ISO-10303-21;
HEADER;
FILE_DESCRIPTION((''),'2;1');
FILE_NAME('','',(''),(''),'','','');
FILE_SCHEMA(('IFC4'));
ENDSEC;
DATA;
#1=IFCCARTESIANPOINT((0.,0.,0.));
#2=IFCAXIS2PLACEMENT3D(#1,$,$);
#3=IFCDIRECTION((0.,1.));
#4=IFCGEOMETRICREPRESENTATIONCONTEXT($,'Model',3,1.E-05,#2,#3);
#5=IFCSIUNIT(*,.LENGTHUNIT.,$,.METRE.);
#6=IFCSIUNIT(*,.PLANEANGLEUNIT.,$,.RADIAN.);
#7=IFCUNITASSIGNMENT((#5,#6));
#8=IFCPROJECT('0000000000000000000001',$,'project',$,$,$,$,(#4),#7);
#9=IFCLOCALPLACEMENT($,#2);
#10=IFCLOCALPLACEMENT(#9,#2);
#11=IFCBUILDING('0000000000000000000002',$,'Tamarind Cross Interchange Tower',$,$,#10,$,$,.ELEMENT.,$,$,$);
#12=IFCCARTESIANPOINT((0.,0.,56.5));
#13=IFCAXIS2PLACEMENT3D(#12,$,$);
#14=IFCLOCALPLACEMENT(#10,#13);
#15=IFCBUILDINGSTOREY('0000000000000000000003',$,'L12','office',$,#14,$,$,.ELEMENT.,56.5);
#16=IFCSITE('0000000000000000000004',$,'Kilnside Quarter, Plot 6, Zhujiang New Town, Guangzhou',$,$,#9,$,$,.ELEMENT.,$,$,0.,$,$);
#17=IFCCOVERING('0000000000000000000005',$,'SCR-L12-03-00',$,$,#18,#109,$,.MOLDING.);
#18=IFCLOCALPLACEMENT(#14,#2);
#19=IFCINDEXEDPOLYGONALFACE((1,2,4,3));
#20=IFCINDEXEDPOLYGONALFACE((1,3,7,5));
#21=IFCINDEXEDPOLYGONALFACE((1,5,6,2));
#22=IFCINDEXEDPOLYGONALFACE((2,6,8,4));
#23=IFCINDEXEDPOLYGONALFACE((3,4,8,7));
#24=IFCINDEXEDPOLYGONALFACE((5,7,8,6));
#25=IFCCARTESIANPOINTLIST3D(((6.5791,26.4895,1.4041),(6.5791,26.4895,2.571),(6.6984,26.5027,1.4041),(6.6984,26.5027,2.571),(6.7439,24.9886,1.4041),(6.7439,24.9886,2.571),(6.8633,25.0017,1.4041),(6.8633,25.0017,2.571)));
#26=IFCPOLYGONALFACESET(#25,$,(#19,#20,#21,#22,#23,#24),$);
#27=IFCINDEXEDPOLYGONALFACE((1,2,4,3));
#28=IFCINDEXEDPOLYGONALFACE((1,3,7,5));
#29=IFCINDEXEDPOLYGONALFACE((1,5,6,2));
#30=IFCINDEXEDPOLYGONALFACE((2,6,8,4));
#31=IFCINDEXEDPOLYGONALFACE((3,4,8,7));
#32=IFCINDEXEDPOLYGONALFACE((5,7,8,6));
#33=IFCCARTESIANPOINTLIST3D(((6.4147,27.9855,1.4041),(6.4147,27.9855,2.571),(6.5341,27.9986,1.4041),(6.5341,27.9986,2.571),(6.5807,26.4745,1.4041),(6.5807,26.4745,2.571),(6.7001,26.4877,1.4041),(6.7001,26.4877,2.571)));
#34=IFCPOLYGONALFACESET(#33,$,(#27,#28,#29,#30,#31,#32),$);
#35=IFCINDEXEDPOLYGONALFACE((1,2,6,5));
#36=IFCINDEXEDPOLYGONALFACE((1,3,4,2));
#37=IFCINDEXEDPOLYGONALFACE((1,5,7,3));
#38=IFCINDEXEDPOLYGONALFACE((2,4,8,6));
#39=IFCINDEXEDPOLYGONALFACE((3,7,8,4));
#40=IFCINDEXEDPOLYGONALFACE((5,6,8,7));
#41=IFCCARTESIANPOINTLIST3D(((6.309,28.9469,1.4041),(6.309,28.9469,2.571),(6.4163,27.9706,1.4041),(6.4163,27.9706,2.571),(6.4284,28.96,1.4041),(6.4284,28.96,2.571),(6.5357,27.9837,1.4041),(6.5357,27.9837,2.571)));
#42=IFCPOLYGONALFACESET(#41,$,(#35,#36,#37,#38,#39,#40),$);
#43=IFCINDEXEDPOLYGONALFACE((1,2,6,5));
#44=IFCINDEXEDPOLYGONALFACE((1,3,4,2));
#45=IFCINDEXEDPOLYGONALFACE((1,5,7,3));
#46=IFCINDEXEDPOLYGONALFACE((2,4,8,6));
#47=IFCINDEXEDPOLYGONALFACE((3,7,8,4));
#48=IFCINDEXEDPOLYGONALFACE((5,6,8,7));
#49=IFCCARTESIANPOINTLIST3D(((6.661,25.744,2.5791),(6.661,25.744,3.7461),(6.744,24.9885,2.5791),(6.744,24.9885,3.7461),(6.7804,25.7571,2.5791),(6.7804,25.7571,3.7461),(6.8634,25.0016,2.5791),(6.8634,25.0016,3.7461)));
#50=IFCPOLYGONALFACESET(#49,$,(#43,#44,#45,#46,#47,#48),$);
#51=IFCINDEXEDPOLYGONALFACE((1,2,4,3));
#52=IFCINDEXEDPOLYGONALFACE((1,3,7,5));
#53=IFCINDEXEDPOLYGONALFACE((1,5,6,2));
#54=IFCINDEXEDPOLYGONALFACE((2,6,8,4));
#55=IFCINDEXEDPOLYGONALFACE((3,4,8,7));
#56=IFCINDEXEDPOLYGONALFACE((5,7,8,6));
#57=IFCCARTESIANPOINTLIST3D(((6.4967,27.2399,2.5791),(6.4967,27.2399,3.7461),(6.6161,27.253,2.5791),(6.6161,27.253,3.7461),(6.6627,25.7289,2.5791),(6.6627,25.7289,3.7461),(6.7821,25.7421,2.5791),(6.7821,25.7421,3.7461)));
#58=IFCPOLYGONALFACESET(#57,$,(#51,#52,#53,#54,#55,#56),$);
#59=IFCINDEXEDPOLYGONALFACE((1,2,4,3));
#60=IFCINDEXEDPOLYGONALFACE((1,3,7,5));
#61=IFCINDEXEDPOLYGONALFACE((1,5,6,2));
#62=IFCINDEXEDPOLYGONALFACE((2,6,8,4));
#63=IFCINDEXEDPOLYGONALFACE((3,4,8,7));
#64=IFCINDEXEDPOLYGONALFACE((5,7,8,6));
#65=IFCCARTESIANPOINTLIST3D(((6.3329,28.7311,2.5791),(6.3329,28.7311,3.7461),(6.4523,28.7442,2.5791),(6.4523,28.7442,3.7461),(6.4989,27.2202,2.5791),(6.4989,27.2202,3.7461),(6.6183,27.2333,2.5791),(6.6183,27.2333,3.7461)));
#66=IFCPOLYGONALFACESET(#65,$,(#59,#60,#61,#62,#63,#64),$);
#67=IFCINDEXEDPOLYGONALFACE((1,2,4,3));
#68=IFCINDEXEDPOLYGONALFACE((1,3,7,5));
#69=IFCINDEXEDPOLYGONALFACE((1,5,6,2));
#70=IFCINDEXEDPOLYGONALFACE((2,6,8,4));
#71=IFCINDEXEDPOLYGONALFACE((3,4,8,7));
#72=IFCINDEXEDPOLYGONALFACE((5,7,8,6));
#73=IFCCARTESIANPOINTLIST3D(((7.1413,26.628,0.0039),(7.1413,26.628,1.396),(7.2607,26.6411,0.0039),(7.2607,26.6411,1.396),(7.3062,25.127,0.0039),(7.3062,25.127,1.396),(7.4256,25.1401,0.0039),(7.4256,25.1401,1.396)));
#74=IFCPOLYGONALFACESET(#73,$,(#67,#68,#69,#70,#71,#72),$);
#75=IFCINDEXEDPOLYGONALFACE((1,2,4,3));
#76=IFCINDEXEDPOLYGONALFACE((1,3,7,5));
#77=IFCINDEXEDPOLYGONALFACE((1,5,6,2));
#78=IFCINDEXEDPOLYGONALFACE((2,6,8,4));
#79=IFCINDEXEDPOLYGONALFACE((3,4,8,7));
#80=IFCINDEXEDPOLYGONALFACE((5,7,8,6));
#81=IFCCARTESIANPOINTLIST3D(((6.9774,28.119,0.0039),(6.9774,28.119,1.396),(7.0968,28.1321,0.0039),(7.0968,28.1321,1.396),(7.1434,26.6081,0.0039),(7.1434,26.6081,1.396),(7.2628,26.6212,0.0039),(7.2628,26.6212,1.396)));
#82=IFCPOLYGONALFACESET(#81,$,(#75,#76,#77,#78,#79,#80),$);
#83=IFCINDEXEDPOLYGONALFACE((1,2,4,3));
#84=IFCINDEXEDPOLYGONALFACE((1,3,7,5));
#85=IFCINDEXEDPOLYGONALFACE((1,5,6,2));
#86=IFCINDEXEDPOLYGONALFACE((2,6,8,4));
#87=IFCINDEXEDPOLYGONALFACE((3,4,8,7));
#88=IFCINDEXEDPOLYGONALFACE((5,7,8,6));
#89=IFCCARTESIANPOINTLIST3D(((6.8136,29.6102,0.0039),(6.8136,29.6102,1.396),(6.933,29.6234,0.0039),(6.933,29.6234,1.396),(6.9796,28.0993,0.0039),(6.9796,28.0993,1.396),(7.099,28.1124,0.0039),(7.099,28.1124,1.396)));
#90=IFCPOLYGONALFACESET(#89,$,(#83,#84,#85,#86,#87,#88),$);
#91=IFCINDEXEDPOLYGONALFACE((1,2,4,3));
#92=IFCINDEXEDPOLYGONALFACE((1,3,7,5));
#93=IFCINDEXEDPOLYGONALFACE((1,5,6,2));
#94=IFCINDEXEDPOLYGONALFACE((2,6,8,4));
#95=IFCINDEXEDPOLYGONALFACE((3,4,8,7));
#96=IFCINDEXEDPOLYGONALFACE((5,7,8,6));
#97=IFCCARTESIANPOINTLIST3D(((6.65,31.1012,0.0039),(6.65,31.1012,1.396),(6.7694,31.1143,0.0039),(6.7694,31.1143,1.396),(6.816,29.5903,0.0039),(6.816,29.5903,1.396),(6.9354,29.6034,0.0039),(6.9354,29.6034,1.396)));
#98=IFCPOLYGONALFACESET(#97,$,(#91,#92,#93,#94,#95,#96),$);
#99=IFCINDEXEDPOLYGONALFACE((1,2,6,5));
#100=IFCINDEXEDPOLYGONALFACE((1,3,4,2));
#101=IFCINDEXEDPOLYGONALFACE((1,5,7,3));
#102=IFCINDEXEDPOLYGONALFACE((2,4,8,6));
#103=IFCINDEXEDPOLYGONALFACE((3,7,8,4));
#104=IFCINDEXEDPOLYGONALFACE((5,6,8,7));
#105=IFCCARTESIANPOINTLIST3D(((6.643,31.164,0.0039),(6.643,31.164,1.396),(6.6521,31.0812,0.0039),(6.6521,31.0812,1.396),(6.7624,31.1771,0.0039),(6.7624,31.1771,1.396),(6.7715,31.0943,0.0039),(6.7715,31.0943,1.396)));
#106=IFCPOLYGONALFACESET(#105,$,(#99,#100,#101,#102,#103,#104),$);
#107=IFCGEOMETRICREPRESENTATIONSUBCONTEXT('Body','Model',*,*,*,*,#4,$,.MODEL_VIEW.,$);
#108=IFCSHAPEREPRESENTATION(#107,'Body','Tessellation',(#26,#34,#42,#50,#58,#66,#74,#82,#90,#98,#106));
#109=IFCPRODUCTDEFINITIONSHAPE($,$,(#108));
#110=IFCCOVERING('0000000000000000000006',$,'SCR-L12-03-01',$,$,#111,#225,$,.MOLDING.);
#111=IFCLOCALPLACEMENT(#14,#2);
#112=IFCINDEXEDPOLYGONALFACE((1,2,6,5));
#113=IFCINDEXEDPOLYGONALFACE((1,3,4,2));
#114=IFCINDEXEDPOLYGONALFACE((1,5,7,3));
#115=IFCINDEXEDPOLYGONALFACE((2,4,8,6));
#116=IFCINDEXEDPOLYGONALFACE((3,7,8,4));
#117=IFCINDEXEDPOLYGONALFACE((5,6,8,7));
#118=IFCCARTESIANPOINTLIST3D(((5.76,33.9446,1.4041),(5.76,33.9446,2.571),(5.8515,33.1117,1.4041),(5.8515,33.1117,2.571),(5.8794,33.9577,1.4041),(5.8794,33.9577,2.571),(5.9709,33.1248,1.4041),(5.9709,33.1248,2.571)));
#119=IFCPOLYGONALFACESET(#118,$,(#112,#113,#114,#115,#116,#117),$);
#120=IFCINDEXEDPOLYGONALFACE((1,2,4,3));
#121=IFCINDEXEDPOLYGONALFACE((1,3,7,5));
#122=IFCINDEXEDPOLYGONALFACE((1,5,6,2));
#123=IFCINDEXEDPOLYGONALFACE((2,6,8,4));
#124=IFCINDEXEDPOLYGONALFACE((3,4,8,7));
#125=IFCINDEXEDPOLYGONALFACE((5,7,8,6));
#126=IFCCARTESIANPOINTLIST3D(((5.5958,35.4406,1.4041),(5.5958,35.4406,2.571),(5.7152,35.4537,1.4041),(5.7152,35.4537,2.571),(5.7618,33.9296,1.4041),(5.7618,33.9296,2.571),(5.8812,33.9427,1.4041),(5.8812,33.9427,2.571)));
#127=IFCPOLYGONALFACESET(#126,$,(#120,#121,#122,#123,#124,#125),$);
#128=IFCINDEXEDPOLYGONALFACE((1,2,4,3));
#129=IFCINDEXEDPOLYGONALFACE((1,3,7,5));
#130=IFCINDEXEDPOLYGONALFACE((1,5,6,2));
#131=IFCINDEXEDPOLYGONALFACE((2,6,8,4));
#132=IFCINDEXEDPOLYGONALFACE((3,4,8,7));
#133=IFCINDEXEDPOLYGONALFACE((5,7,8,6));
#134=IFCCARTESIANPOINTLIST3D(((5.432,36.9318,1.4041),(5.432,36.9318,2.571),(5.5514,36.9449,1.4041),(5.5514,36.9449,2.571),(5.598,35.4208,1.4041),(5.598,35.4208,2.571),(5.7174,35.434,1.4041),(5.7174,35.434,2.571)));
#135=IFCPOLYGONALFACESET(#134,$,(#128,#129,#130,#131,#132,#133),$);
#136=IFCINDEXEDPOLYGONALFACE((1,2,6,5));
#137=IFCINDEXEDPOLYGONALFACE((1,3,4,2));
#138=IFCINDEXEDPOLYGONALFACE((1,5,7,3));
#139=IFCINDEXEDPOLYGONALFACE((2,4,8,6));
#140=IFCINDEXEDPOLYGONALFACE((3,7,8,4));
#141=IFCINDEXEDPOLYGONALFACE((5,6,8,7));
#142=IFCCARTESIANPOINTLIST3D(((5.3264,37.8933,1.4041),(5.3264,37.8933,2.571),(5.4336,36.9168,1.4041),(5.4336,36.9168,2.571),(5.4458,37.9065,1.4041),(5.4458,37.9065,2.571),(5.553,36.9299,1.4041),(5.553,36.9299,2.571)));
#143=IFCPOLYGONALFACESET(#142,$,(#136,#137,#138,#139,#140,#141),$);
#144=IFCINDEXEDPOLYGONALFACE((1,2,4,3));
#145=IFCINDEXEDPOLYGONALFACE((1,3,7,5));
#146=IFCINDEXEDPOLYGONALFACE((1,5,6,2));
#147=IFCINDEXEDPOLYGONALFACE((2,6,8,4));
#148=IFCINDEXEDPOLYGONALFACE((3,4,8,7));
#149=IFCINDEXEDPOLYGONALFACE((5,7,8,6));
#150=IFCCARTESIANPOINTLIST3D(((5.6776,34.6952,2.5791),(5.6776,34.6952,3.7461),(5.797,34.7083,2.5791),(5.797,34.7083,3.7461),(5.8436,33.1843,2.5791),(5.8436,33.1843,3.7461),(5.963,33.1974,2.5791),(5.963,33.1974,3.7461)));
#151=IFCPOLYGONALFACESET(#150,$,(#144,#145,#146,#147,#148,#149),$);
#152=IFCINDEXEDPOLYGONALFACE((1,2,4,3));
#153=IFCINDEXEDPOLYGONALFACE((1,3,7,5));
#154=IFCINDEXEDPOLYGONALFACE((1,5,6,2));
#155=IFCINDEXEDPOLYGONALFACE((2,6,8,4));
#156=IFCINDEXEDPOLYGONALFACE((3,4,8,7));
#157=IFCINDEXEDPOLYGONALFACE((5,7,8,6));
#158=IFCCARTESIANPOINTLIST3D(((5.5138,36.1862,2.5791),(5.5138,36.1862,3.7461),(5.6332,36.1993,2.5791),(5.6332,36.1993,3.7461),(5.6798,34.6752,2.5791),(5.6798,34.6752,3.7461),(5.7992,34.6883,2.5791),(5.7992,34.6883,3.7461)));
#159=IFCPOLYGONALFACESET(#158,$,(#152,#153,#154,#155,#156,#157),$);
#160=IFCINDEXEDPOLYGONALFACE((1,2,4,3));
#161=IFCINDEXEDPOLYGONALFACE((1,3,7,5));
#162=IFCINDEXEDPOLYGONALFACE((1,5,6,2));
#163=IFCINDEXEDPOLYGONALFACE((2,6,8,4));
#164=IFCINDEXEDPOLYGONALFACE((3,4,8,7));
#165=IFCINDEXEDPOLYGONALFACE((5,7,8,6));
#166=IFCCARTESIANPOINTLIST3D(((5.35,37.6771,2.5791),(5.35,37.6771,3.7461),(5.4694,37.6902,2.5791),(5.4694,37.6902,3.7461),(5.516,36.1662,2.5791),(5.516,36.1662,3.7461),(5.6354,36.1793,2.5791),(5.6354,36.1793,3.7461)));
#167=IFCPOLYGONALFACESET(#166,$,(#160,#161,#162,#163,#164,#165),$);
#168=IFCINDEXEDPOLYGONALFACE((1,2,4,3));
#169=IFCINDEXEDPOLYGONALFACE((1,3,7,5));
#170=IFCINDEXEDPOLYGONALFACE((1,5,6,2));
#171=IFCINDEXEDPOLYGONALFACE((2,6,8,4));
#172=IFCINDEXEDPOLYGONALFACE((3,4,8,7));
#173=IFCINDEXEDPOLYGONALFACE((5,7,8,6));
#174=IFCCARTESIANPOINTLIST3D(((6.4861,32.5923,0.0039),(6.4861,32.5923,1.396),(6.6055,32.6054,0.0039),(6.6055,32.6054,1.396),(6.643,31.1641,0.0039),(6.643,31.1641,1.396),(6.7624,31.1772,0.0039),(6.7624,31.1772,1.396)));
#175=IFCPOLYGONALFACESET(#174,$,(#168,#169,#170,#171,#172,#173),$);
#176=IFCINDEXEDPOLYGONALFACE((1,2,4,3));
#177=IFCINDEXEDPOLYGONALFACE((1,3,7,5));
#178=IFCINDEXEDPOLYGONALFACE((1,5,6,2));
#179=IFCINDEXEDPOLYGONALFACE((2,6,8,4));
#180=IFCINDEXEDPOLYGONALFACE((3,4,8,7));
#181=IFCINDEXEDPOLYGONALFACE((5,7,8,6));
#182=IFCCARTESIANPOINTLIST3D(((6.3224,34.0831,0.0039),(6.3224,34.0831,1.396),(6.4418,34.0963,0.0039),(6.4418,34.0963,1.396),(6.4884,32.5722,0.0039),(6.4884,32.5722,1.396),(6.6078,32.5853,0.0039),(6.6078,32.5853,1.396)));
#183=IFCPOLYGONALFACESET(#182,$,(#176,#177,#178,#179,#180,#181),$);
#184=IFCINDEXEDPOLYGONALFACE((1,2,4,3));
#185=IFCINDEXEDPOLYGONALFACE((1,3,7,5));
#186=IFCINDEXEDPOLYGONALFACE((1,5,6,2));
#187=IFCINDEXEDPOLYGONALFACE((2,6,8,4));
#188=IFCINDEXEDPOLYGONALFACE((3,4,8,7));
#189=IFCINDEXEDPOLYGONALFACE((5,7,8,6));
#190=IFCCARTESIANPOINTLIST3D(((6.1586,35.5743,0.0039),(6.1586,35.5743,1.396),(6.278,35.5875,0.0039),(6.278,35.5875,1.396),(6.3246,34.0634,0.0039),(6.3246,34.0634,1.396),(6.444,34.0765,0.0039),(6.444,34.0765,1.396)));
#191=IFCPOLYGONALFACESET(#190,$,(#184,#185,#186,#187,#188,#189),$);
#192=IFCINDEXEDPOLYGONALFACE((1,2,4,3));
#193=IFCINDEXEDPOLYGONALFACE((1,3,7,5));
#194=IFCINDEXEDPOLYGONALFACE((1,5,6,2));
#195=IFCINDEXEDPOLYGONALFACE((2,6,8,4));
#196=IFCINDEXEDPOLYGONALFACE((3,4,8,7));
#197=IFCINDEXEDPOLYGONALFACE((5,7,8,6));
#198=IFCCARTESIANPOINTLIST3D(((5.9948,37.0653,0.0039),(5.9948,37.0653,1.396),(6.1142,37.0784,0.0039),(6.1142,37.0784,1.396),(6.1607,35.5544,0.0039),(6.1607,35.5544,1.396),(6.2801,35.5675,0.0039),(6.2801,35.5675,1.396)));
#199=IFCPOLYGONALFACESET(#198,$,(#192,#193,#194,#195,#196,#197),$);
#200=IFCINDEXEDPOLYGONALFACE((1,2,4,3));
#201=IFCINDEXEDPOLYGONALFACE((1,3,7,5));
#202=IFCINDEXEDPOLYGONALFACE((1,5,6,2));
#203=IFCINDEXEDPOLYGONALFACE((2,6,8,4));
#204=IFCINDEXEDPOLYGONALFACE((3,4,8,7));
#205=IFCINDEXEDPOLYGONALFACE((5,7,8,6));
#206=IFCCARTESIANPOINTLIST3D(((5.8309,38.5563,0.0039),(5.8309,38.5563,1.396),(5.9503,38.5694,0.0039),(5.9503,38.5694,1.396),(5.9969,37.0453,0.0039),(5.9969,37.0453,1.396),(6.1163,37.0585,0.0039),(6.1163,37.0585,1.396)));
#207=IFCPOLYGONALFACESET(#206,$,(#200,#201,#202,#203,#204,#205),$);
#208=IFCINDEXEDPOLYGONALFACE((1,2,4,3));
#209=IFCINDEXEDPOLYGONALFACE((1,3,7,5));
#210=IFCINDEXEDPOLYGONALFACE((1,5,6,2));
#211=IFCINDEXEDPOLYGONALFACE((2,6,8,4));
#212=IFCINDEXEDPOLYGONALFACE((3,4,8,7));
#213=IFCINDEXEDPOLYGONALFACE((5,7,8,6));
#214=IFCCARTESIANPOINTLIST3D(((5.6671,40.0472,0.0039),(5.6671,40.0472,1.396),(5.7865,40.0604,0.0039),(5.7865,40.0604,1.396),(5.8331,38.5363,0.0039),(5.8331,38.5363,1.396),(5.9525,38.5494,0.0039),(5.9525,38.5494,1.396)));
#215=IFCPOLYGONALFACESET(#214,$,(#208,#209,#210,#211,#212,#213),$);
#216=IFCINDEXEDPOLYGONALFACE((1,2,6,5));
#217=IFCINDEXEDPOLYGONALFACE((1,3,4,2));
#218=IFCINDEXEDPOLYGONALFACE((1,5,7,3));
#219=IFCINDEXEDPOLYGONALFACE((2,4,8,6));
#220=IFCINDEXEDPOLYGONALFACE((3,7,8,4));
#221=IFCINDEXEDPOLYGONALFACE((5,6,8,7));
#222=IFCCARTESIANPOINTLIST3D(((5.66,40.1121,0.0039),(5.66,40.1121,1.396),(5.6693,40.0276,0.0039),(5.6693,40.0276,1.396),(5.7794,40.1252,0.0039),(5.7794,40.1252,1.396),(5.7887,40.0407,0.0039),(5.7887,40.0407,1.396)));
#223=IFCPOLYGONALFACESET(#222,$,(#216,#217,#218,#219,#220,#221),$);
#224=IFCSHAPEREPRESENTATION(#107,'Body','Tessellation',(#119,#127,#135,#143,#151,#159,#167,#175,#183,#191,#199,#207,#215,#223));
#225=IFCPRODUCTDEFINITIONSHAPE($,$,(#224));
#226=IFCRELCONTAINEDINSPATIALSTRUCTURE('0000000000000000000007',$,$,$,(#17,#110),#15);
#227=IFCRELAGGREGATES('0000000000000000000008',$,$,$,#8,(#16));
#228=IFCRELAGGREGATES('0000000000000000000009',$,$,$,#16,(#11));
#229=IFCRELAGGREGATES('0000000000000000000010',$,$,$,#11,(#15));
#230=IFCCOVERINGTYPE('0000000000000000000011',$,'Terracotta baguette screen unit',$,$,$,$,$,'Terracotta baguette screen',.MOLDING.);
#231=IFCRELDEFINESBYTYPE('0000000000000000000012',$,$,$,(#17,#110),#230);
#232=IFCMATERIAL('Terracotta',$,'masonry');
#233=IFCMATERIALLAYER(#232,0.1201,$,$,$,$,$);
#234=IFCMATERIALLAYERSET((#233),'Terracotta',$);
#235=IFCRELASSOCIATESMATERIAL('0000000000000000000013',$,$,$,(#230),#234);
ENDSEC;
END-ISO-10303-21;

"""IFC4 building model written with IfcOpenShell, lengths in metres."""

from ifc_helpers import new_model, si_unit, direction, frame, origin, origin_2d, place, context, subcontext, project, spatial, rectangle, extrude, material, layer, layer_set, type_object, element, save


model = new_model("IFC4")

# Units and contexts
model_context = context("Model", 3, precision=1e-05, world=origin(), true_north=direction((0.0, 1.0)))
body_context = subcontext(model_context, "Body", "Model", "MODEL_VIEW")
ifc_project = project(units=[si_unit("LENGTHUNIT", "METRE"), si_unit("PLANEANGLEUNIT", "RADIAN")], contexts=[model_context])

# Site, building, storey
site_placement = place(None, origin())
site = spatial("IfcSite", under=ifc_project, at=site_placement, Name="Kilnside Quarter, Plot 6, Zhujiang New Town, Guangzhou", CompositionType="ELEMENT", RefElevation=0.0)
building_placement = place(site_placement, origin())
building = spatial("IfcBuilding", under=site, at=building_placement, Name="Tamarind Cross Interchange Tower", CompositionType="ELEMENT")
storey_placement = place(building_placement, frame((0.0, 0.0, 56.5)))
storey = spatial("IfcBuildingStorey", under=building, at=storey_placement, Name="L12", Description="office", CompositionType="ELEMENT", Elevation=56.5)

# Coverings
ifc_material_1 = material(Name="Terracotta", Category="masonry")
ifc_layer_1 = layer(ifc_material_1, 0.1201)
ifc_layer_set_1 = layer_set([ifc_layer_1], Name="Terracotta")
covering_type = type_object("IfcCoveringType", Name="Terracotta baguette screen unit", ElementType="Terracotta baguette screen", PredefinedType="MOLDING", material=ifc_layer_set_1)
covering_1_placement = place(storey_placement, origin())
element("IfcCovering", 1, at=covering_1_placement, inside=storey, type_object=covering_type, Name="SCR-L12-03-00", PredefinedType="MOLDING", context=body_context, shape_type="SweptSolid", body=[
    extrude(rectangle(XDim=1.51, YDim=0.1201, at=origin_2d()), frame((6.7212, 25.7456, 1.4041), z_axis=(0.0, 0.0, 1.0), x_axis=(-0.109193, 0.994021, 0.0)), (0.0, 0.0, 1.0), 1.167),
    extrude(rectangle(XDim=1.52, YDim=0.1201, at=origin_2d()), frame((6.5574, 27.2366, 1.4041), z_axis=(0.0, 0.0, 1.0), x_axis=(-0.109193, 0.994021, 0.0)), (0.0, 0.0, 1.0), 1.167),
    extrude(rectangle(XDim=0.9822, YDim=0.1201, at=origin_2d()), frame((6.4224, 28.4653, 1.4041), z_axis=(0.0, 0.0, 1.0), x_axis=(-0.109193, 0.994021, 0.0)), (0.0, 0.0, 1.0), 1.167),
    extrude(rectangle(XDim=0.76, YDim=0.1201, at=origin_2d()), frame((6.7622, 25.3728, 2.5791), z_axis=(0.0, 0.0, 1.0), x_axis=(-0.109193, 0.994021, 0.0)), (0.0, 0.0, 1.0), 1.167),
    extrude(rectangle(XDim=1.52, YDim=0.1201, at=origin_2d()), frame((6.6394, 26.491, 2.5791), z_axis=(0.0, 0.0, 1.0), x_axis=(-0.109193, 0.994021, 0.0)), (0.0, 0.0, 1.0), 1.167),
    extrude(rectangle(XDim=1.52, YDim=0.1201, at=origin_2d()), frame((6.4756, 27.9822, 2.5791), z_axis=(0.0, 0.0, 1.0), x_axis=(-0.109193, 0.994021, 0.0)), (0.0, 0.0, 1.0), 1.167),
    extrude(rectangle(XDim=1.51, YDim=0.1201, at=origin_2d()), frame((7.2834, 25.884, 0.0039), z_axis=(0.0, 0.0, 1.0), x_axis=(-0.109193, 0.994021, 0.0)), (0.0, 0.0, 1.0), 1.3921),
    extrude(rectangle(XDim=1.52, YDim=0.1201, at=origin_2d()), frame((7.1201, 27.3701, 0.0039), z_axis=(0.0, 0.0, 1.0), x_axis=(-0.109193, 0.994021, 0.0)), (0.0, 0.0, 1.0), 1.3921),
    extrude(rectangle(XDim=1.52, YDim=0.1201, at=origin_2d()), frame((6.9563, 28.8613, 0.0039), z_axis=(0.0, 0.0, 1.0), x_axis=(-0.109193, 0.994021, 0.0)), (0.0, 0.0, 1.0), 1.3921),
    extrude(rectangle(XDim=1.52, YDim=0.1201, at=origin_2d()), frame((6.7927, 30.3523, 0.0039), z_axis=(0.0, 0.0, 1.0), x_axis=(-0.109193, 0.994021, 0.0)), (0.0, 0.0, 1.0), 1.3921),
    extrude(rectangle(XDim=0.0833, YDim=0.1201, at=origin_2d()), frame((6.7073, 31.1292, 0.0039), z_axis=(0.0, 0.0, 1.0), x_axis=(-0.109193, 0.994021, 0.0)), (0.0, 0.0, 1.0), 1.3921),
])
covering_2_placement = place(storey_placement, origin())
element("IfcCovering", 2, at=covering_2_placement, inside=storey, type_object=covering_type, Name="SCR-L12-03-01", PredefinedType="MOLDING", context=body_context, shape_type="SweptSolid", body=[
    extrude(rectangle(XDim=0.8379, YDim=0.1201, at=origin_2d()), frame((5.8655, 33.5347, 1.4041), z_axis=(0.0, 0.0, 1.0), x_axis=(-0.109193, 0.994021, 0.0)), (0.0, 0.0, 1.0), 1.167),
    extrude(rectangle(XDim=1.52, YDim=0.1201, at=origin_2d()), frame((5.7385, 34.6917, 1.4041), z_axis=(0.0, 0.0, 1.0), x_axis=(-0.109193, 0.994021, 0.0)), (0.0, 0.0, 1.0), 1.167),
    extrude(rectangle(XDim=1.52, YDim=0.1201, at=origin_2d()), frame((5.5747, 36.1829, 1.4041), z_axis=(0.0, 0.0, 1.0), x_axis=(-0.109193, 0.994021, 0.0)), (0.0, 0.0, 1.0), 1.167),
    extrude(rectangle(XDim=0.9824, YDim=0.1201, at=origin_2d()), frame((5.4397, 37.4116, 1.4041), z_axis=(0.0, 0.0, 1.0), x_axis=(-0.109193, 0.994021, 0.0)), (0.0, 0.0, 1.0), 1.167),
    extrude(rectangle(XDim=1.52, YDim=0.1201, at=origin_2d()), frame((5.8203, 33.9463, 2.5791), z_axis=(0.0, 0.0, 1.0), x_axis=(-0.109193, 0.994021, 0.0)), (0.0, 0.0, 1.0), 1.167),
    extrude(rectangle(XDim=1.52, YDim=0.1201, at=origin_2d()), frame((5.6565, 35.4373, 2.5791), z_axis=(0.0, 0.0, 1.0), x_axis=(-0.109193, 0.994021, 0.0)), (0.0, 0.0, 1.0), 1.167),
    extrude(rectangle(XDim=1.52, YDim=0.1201, at=origin_2d()), frame((5.4927, 36.9282, 2.5791), z_axis=(0.0, 0.0, 1.0), x_axis=(-0.109193, 0.994021, 0.0)), (0.0, 0.0, 1.0), 1.167),
    extrude(rectangle(XDim=1.4368, YDim=0.1201, at=origin_2d()), frame((6.6243, 31.8848, 0.0039), z_axis=(0.0, 0.0, 1.0), x_axis=(-0.109193, 0.994021, 0.0)), (0.0, 0.0, 1.0), 1.3921),
    extrude(rectangle(XDim=1.52, YDim=0.1201, at=origin_2d()), frame((6.4651, 33.3342, 0.0039), z_axis=(0.0, 0.0, 1.0), x_axis=(-0.109193, 0.994021, 0.0)), (0.0, 0.0, 1.0), 1.3921),
    extrude(rectangle(XDim=1.52, YDim=0.1201, at=origin_2d()), frame((6.3013, 34.8254, 0.0039), z_axis=(0.0, 0.0, 1.0), x_axis=(-0.109193, 0.994021, 0.0)), (0.0, 0.0, 1.0), 1.3921),
    extrude(rectangle(XDim=1.52, YDim=0.1201, at=origin_2d()), frame((6.1375, 36.3164, 0.0039), z_axis=(0.0, 0.0, 1.0), x_axis=(-0.109193, 0.994021, 0.0)), (0.0, 0.0, 1.0), 1.3921),
    extrude(rectangle(XDim=1.52, YDim=0.1201, at=origin_2d()), frame((5.9736, 37.8074, 0.0039), z_axis=(0.0, 0.0, 1.0), x_axis=(-0.109193, 0.994021, 0.0)), (0.0, 0.0, 1.0), 1.3921),
    extrude(rectangle(XDim=1.52, YDim=0.1201, at=origin_2d()), frame((5.8098, 39.2983, 0.0039), z_axis=(0.0, 0.0, 1.0), x_axis=(-0.109193, 0.994021, 0.0)), (0.0, 0.0, 1.0), 1.3921),
    extrude(rectangle(XDim=0.085, YDim=0.1201, at=origin_2d()), frame((5.7244, 40.0764, 0.0039), z_axis=(0.0, 0.0, 1.0), x_axis=(-0.109193, 0.994021, 0.0)), (0.0, 0.0, 1.0), 1.3921),
])

save(model, "model.ifc")
